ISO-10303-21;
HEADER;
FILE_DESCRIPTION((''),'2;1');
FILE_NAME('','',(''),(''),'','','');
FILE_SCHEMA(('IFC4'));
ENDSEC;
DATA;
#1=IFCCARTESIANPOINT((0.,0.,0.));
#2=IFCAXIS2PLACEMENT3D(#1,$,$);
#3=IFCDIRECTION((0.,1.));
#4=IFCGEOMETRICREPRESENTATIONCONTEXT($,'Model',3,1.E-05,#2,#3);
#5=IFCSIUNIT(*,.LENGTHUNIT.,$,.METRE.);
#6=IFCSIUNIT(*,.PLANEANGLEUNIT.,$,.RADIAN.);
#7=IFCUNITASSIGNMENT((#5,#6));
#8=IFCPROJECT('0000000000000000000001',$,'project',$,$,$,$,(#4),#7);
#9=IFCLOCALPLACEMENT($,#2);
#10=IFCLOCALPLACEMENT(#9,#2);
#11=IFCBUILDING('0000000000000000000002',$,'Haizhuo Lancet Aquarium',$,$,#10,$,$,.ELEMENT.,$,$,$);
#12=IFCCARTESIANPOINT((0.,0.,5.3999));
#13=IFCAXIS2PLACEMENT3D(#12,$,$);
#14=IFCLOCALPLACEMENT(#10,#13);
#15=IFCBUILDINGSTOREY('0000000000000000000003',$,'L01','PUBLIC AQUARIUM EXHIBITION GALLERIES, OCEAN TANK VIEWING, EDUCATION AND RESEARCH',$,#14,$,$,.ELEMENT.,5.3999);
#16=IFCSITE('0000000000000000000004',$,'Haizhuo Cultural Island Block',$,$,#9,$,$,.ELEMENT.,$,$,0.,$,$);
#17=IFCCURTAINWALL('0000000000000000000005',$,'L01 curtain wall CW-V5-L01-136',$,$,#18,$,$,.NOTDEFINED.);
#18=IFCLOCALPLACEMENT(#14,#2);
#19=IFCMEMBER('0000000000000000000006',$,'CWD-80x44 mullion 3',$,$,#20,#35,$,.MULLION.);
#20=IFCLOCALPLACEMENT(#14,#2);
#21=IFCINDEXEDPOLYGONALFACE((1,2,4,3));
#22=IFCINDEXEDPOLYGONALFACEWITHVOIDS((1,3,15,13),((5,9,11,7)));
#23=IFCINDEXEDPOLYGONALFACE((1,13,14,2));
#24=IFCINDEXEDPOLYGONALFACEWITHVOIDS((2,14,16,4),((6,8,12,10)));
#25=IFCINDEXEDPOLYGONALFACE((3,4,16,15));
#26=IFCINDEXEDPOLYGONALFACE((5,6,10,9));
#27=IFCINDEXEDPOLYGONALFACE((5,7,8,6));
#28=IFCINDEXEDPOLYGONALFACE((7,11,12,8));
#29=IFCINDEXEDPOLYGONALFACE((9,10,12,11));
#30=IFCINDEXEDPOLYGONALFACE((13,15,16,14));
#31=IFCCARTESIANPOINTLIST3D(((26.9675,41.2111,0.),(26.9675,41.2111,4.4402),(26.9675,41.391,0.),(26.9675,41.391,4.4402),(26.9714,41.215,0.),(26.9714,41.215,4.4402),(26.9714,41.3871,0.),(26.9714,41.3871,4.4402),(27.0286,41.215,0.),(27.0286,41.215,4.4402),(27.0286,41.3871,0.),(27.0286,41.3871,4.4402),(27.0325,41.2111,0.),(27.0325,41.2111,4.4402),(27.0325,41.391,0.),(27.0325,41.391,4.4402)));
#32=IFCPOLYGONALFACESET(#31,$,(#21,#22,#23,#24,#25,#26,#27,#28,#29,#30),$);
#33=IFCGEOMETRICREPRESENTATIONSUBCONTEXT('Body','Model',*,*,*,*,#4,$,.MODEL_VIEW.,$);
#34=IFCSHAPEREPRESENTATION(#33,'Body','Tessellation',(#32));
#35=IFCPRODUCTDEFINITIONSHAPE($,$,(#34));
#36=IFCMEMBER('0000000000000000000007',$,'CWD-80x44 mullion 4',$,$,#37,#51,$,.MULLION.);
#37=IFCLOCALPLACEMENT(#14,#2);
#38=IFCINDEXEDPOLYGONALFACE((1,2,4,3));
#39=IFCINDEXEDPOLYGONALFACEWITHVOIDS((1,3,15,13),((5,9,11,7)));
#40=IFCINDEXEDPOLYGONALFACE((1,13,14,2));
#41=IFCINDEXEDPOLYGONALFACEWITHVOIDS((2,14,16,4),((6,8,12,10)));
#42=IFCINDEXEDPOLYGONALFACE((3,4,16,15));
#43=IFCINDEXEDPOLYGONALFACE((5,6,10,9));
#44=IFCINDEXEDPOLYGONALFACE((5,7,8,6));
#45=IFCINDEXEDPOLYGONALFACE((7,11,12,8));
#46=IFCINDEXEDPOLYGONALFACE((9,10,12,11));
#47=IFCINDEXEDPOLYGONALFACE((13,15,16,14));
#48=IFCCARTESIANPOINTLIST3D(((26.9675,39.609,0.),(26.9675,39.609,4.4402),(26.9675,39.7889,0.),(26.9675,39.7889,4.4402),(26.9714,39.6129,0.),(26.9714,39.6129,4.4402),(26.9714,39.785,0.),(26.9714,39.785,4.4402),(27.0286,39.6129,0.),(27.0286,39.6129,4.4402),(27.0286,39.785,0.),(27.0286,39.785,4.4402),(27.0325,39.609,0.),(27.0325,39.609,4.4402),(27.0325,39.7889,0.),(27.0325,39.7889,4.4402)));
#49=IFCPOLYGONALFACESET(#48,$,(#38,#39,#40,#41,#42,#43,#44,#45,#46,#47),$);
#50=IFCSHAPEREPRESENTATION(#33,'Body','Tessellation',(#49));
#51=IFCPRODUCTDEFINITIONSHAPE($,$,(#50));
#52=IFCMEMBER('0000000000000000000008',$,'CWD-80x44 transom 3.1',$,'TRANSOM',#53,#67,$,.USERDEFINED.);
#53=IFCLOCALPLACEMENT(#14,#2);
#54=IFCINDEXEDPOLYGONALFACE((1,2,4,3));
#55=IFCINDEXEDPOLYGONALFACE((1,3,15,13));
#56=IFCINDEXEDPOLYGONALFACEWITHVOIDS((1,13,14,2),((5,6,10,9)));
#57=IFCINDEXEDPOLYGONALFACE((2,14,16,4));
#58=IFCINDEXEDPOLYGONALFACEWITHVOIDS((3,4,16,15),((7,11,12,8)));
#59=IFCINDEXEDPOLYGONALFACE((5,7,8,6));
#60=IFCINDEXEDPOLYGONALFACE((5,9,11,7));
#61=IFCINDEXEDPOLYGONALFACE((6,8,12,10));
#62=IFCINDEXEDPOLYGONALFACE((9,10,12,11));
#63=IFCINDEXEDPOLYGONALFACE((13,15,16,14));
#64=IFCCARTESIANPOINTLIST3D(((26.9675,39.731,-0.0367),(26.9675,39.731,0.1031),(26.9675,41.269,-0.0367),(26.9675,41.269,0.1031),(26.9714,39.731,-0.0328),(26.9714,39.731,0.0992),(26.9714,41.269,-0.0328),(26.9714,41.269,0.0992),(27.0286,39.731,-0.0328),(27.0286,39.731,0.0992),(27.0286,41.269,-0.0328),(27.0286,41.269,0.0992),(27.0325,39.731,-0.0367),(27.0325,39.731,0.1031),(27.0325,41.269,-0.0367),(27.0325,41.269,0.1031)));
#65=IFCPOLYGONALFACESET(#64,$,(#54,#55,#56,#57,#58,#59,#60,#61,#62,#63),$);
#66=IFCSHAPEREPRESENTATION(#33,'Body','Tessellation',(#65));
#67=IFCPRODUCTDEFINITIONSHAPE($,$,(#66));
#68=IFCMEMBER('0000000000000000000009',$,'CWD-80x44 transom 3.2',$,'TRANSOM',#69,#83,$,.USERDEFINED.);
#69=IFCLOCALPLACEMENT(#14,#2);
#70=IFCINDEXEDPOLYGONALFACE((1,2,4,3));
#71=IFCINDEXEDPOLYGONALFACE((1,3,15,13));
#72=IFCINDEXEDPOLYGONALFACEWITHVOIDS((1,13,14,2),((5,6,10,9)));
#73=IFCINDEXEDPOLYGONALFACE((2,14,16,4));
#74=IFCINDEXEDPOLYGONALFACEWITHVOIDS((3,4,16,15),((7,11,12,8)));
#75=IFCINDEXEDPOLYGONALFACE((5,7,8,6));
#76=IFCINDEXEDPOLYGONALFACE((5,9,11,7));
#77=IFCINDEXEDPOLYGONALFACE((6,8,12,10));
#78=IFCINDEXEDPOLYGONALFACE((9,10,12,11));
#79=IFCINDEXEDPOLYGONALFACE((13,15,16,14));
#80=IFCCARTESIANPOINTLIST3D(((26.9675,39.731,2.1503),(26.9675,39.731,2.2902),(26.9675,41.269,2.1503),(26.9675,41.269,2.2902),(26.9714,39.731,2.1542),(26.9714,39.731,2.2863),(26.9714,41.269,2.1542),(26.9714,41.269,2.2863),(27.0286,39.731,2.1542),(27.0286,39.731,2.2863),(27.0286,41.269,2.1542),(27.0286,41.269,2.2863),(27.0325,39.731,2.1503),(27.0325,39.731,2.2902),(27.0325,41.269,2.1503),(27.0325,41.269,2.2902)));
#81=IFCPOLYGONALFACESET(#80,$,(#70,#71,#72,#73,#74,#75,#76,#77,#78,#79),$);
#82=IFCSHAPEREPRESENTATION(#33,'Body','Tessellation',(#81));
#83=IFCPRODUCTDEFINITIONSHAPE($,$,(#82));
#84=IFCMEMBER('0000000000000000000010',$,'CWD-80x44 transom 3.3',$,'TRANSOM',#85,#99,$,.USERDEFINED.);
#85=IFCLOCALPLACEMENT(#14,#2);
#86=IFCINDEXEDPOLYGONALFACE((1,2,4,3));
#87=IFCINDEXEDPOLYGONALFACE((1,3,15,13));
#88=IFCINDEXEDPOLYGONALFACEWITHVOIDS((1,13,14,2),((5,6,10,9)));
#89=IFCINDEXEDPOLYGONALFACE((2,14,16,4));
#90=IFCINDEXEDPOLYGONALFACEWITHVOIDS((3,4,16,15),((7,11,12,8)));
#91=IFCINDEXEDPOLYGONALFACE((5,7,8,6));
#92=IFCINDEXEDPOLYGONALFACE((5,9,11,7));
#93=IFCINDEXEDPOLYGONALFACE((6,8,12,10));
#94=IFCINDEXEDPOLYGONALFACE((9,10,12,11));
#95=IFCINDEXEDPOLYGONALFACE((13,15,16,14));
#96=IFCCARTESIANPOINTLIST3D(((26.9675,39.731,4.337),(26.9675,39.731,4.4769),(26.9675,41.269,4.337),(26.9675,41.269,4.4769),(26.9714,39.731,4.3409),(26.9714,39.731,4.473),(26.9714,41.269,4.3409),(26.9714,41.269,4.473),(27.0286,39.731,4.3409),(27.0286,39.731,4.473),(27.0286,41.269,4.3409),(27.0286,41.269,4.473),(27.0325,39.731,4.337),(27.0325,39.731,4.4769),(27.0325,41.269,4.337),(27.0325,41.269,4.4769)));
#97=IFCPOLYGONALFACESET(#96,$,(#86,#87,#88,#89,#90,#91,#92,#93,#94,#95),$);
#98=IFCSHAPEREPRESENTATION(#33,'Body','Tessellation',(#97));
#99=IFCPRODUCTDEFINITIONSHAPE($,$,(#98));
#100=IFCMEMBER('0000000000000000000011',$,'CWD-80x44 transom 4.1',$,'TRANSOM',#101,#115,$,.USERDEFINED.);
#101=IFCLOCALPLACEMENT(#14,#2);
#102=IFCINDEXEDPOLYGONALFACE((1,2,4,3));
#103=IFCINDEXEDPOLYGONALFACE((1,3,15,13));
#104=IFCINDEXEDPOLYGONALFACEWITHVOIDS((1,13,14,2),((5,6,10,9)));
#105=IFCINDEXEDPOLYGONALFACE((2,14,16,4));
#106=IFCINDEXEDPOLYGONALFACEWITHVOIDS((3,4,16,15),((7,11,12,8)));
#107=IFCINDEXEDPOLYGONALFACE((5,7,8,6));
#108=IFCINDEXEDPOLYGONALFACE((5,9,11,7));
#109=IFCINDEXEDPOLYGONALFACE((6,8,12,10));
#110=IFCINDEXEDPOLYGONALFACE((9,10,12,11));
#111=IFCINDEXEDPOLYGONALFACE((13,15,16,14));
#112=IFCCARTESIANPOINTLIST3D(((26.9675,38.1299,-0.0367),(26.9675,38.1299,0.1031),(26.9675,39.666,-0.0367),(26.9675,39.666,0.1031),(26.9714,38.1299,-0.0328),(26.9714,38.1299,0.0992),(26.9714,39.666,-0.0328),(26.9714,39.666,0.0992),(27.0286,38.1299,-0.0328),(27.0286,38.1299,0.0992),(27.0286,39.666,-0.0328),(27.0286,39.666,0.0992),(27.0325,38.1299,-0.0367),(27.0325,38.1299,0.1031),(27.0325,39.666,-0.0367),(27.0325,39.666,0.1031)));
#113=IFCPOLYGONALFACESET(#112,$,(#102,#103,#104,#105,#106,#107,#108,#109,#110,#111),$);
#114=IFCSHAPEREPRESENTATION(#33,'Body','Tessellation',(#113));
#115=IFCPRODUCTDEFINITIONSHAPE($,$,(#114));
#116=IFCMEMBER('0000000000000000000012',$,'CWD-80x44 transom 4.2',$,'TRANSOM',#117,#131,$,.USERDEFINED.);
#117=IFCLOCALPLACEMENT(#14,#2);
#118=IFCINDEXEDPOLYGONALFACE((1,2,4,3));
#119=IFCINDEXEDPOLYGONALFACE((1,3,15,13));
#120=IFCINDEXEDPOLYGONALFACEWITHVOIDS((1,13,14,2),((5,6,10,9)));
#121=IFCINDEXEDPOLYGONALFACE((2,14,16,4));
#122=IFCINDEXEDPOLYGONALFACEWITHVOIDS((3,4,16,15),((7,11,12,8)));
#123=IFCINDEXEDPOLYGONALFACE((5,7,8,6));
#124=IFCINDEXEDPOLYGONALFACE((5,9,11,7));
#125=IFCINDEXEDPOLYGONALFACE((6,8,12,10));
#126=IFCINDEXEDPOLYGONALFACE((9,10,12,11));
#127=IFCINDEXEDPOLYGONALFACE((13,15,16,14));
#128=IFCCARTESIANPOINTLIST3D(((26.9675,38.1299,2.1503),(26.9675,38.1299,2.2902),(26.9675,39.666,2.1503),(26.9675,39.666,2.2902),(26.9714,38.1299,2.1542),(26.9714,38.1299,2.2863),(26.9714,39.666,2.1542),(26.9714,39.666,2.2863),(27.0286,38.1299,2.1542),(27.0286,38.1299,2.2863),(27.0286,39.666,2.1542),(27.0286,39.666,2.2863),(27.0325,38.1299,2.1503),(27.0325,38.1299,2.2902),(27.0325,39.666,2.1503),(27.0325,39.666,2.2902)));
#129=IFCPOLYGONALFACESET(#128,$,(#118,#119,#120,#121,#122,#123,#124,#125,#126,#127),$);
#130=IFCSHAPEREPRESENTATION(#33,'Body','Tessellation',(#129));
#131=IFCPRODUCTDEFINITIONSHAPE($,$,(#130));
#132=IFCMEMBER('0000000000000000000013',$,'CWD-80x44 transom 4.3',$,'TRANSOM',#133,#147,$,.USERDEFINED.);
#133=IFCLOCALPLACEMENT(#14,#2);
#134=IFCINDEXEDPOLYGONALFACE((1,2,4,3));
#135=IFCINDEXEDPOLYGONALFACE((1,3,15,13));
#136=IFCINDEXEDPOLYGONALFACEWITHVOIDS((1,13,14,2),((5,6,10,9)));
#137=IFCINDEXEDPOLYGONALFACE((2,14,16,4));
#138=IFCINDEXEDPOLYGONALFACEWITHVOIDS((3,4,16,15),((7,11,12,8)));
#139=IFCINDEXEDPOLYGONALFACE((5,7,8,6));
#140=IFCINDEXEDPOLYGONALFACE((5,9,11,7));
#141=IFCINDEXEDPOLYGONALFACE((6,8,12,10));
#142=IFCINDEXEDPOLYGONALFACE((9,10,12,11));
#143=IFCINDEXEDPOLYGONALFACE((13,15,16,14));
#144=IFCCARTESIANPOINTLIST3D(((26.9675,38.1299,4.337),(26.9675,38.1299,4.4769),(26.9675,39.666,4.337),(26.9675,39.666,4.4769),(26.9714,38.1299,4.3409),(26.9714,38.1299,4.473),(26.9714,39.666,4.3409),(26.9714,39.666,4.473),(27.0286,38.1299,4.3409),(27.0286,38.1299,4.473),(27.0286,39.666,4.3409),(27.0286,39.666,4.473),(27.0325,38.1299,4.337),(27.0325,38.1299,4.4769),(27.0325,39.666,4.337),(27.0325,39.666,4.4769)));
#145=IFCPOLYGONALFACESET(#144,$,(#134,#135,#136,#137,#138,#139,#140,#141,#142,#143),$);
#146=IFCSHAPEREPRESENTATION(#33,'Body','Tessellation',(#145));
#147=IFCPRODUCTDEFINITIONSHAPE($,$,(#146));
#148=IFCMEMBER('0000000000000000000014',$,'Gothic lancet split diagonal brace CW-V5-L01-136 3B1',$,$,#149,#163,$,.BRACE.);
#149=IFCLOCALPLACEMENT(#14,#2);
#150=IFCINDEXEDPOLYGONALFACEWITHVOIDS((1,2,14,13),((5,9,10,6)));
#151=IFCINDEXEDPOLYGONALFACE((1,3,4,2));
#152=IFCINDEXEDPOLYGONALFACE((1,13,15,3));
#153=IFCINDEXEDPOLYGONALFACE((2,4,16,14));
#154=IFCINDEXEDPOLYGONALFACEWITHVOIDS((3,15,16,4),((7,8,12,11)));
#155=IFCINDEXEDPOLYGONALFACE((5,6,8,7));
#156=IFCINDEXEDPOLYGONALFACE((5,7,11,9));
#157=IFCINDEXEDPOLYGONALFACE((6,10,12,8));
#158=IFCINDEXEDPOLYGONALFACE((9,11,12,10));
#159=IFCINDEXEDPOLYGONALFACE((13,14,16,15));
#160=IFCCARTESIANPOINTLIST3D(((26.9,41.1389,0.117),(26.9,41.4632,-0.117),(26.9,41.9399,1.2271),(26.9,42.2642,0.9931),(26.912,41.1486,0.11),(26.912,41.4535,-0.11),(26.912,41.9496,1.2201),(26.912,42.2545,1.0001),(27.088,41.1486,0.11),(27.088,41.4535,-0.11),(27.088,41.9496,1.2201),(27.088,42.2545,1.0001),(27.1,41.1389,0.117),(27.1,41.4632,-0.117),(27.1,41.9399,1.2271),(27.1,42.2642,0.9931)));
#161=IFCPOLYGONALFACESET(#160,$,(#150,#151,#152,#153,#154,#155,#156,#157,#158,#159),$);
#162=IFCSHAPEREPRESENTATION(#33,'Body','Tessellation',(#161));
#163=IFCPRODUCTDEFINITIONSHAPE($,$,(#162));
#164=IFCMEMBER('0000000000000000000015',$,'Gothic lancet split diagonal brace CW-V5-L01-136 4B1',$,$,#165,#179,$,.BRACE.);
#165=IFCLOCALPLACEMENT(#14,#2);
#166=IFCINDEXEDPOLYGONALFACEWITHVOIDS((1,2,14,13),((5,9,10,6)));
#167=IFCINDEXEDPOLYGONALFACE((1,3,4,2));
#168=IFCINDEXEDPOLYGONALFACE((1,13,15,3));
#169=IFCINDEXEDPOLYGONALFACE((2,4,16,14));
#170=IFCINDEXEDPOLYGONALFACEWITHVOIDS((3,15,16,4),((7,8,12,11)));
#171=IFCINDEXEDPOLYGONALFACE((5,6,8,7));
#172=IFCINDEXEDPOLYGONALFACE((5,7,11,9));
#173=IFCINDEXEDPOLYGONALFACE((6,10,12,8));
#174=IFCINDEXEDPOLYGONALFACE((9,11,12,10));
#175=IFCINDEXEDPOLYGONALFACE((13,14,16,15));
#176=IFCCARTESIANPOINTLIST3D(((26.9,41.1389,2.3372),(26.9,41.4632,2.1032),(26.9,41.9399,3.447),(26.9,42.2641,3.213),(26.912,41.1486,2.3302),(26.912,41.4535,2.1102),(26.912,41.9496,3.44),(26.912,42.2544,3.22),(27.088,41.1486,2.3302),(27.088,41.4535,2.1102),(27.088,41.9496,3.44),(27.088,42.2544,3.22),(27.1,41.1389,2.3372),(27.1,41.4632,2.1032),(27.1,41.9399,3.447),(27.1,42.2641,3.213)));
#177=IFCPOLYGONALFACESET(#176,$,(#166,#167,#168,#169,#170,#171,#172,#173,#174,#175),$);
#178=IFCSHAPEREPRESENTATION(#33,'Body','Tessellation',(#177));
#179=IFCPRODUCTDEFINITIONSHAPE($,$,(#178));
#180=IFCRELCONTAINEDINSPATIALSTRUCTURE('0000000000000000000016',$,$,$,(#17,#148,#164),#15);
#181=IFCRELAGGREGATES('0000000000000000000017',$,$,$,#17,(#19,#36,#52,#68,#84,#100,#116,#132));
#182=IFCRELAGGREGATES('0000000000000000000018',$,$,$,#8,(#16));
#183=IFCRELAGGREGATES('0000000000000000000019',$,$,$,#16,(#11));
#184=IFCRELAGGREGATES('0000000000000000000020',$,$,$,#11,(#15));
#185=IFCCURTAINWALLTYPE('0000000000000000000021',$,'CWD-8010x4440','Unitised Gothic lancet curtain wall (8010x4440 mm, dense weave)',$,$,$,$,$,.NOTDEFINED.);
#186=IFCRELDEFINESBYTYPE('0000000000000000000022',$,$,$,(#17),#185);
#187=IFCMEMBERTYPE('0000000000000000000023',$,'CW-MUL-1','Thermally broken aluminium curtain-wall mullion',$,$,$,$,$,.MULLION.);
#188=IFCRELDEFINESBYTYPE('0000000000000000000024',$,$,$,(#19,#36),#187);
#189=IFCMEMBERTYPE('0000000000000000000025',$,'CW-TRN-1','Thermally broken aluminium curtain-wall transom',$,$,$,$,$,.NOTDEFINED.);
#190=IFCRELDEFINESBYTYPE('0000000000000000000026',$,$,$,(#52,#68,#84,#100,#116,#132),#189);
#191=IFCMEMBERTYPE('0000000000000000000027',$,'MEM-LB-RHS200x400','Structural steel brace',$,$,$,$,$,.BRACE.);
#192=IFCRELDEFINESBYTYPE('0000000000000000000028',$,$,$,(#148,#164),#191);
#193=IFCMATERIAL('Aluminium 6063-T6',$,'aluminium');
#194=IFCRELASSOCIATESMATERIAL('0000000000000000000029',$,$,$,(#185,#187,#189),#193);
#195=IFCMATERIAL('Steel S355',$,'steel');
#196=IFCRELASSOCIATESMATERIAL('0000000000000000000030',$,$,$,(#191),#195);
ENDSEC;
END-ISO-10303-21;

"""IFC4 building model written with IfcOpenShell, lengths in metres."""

from ifc_helpers import new_model, si_unit, direction, frame, origin, origin_2d, place, context, subcontext, project, spatial, hollow_rectangle, extrude, material, material_profile, profile_set, type_object, element, aggregate, save


model = new_model("IFC4")

# Units and contexts
model_context = context("Model", 3, precision=1e-05, world=origin(), true_north=direction((0.0, 1.0)))
body_context = subcontext(model_context, "Body", "Model", "MODEL_VIEW")
ifc_project = project(units=[si_unit("LENGTHUNIT", "METRE"), si_unit("PLANEANGLEUNIT", "RADIAN")], contexts=[model_context])

# Site, building, storey
site_placement = place(None, origin())
site = spatial("IfcSite", under=ifc_project, at=site_placement, Name="Haizhuo Cultural Island Block", CompositionType="ELEMENT", RefElevation=0.0)
building_placement = place(site_placement, origin())
building = spatial("IfcBuilding", under=site, at=building_placement, Name="Haizhuo Lancet Aquarium", CompositionType="ELEMENT")
storey_placement = place(building_placement, frame((0.0, 0.0, 5.3999)))
storey = spatial("IfcBuildingStorey", under=building, at=storey_placement, Name="L01", Description="PUBLIC AQUARIUM EXHIBITION GALLERIES, OCEAN TANK VIEWING, EDUCATION AND RESEARCH", CompositionType="ELEMENT", Elevation=5.3999)

# Curtain wall, members
ifc_material_1 = material(Name="Aluminium 6063-T6", Category="aluminium")
curtain_wall_type = type_object("IfcCurtainWallType", Name="CWD-8010x4440", Description="Unitised Gothic lancet curtain wall (8010x4440 mm, dense weave)", PredefinedType="NOTDEFINED", material=ifc_material_1)
curtain_wall_placement = place(storey_placement, origin())
curtain_wall = element("IfcCurtainWall", 1, at=curtain_wall_placement, inside=storey, type_object=curtain_wall_type, Name="L01 curtain wall CW-V5-L01-136", PredefinedType="NOTDEFINED")
ifc_material_profile_1 = material_profile(ifc_material_1, hollow_rectangle(XDim=0.0649, YDim=0.1799, WallThickness=0.0039, at=origin_2d()), Name="ALU-M 65x180x4")
ifc_profile_set_1 = profile_set([ifc_material_profile_1], Name="Aluminium 6063-T6")
member_type_1 = type_object("IfcMemberType", Name="CW-MUL-1", Description="Thermally broken aluminium curtain-wall mullion", PredefinedType="MULLION", material=ifc_profile_set_1)
member_1_placement = place(storey_placement, frame((27.0, 41.301, 0.0), z_axis=(0.0, 0.0, 1.0), x_axis=(1.0, 0.0, 0.0)))
member_1 = element("IfcMember", 2, at=member_1_placement, type_object=member_type_1, Name="CWD-80x44 mullion 3", PredefinedType="MULLION", context=body_context, shape_type="SweptSolid", body=[
    extrude(hollow_rectangle(XDim=0.0649, YDim=0.1799, WallThickness=0.0039, at=origin_2d()), origin(), (0.0, 0.0, 1.0), 4.4402),
])
member_2_placement = place(storey_placement, frame((27.0, 39.699, 0.0), z_axis=(0.0, 0.0, 1.0), x_axis=(1.0, 0.0, 0.0)))
member_2 = element("IfcMember", 3, at=member_2_placement, type_object=member_type_1, Name="CWD-80x44 mullion 4", PredefinedType="MULLION", context=body_context, shape_type="SweptSolid", body=[
    extrude(hollow_rectangle(XDim=0.0649, YDim=0.1799, WallThickness=0.0039, at=origin_2d()), origin(), (0.0, 0.0, 1.0), 4.4402),
])
ifc_material_profile_2 = material_profile(ifc_material_1, hollow_rectangle(XDim=0.0649, YDim=0.1399, WallThickness=0.0039, at=origin_2d()), Name="ALU-T 65x140x4")
ifc_profile_set_2 = profile_set([ifc_material_profile_2], Name="Aluminium 6063-T6")
member_type_2 = type_object("IfcMemberType", Name="CW-TRN-1", Description="Thermally broken aluminium curtain-wall transom", PredefinedType="NOTDEFINED", material=ifc_profile_set_2)
member_3_placement = place(storey_placement, frame((27.0, 41.269, 0.0332), z_axis=(0.0, -1.0, 0.0), x_axis=(1.0, 0.0, 0.0)))
member_3 = element("IfcMember", 4, at=member_3_placement, type_object=member_type_2, Name="CWD-80x44 transom 3.1", ObjectType="TRANSOM", PredefinedType="USERDEFINED", context=body_context, shape_type="SweptSolid", body=[
    extrude(hollow_rectangle(XDim=0.0649, YDim=0.1399, WallThickness=0.0039, at=origin_2d()), origin(), (0.0, 0.0, 1.0), 1.5381),
])
member_4_placement = place(storey_placement, frame((27.0, 41.269, 2.2202), z_axis=(0.0, -1.0, 0.0), x_axis=(1.0, 0.0, 0.0)))
member_4 = element("IfcMember", 5, at=member_4_placement, type_object=member_type_2, Name="CWD-80x44 transom 3.2", ObjectType="TRANSOM", PredefinedType="USERDEFINED", context=body_context, shape_type="SweptSolid", body=[
    extrude(hollow_rectangle(XDim=0.0649, YDim=0.1399, WallThickness=0.0039, at=origin_2d()), origin(), (0.0, 0.0, 1.0), 1.5381),
])
member_5_placement = place(storey_placement, frame((27.0, 41.269, 4.407), z_axis=(0.0, -1.0, 0.0), x_axis=(1.0, 0.0, 0.0)))
member_5 = element("IfcMember", 6, at=member_5_placement, type_object=member_type_2, Name="CWD-80x44 transom 3.3", ObjectType="TRANSOM", PredefinedType="USERDEFINED", context=body_context, shape_type="SweptSolid", body=[
    extrude(hollow_rectangle(XDim=0.0649, YDim=0.1399, WallThickness=0.0039, at=origin_2d()), origin(), (0.0, 0.0, 1.0), 1.5381),
])
member_6_placement = place(storey_placement, frame((27.0, 39.666, 0.0332), z_axis=(0.0, -1.0, 0.0), x_axis=(1.0, 0.0, 0.0)))
member_6 = element("IfcMember", 7, at=member_6_placement, type_object=member_type_2, Name="CWD-80x44 transom 4.1", ObjectType="TRANSOM", PredefinedType="USERDEFINED", context=body_context, shape_type="SweptSolid", body=[
    extrude(hollow_rectangle(XDim=0.0649, YDim=0.1399, WallThickness=0.0039, at=origin_2d()), origin(), (0.0, 0.0, 1.0), 1.5361),
])
member_7_placement = place(storey_placement, frame((27.0, 39.666, 2.2202), z_axis=(0.0, -1.0, 0.0), x_axis=(1.0, 0.0, 0.0)))
member_7 = element("IfcMember", 8, at=member_7_placement, type_object=member_type_2, Name="CWD-80x44 transom 4.2", ObjectType="TRANSOM", PredefinedType="USERDEFINED", context=body_context, shape_type="SweptSolid", body=[
    extrude(hollow_rectangle(XDim=0.0649, YDim=0.1399, WallThickness=0.0039, at=origin_2d()), origin(), (0.0, 0.0, 1.0), 1.5361),
])
member_8_placement = place(storey_placement, frame((27.0, 39.666, 4.407), z_axis=(0.0, -1.0, 0.0), x_axis=(1.0, 0.0, 0.0)))
member_8 = element("IfcMember", 9, at=member_8_placement, type_object=member_type_2, Name="CWD-80x44 transom 4.3", ObjectType="TRANSOM", PredefinedType="USERDEFINED", context=body_context, shape_type="SweptSolid", body=[
    extrude(hollow_rectangle(XDim=0.0649, YDim=0.1399, WallThickness=0.0039, at=origin_2d()), origin(), (0.0, 0.0, 1.0), 1.5361),
])

# Members
ifc_material_2 = material(Name="Steel S355", Category="steel")
ifc_material_profile_3 = material_profile(ifc_material_2, hollow_rectangle(XDim=0.2, YDim=0.3999, WallThickness=0.012, at=origin_2d()), Name="RHS 200x400x12")
ifc_profile_set_3 = profile_set([ifc_material_profile_3], Name="Steel S355")
member_type_3 = type_object("IfcMemberType", Name="MEM-LB-RHS200x400", Description="Structural steel brace", PredefinedType="BRACE", material=ifc_profile_set_3)
member_9_placement = place(storey_placement, frame((27.0, 41.301, 0.0), z_axis=(0.0, 0.585145, 0.810928), x_axis=(-1.0, 0.0, 0.0)))
element("IfcMember", 10, at=member_9_placement, inside=storey, type_object=member_type_3, Name="Gothic lancet split diagonal brace CW-V5-L01-136 3B1", PredefinedType="BRACE", context=body_context, shape_type="SweptSolid", body=[
    extrude(hollow_rectangle(XDim=0.2, YDim=0.3999, WallThickness=0.012, at=origin_2d()), origin(), (0.0, 0.0, 1.0), 1.3689),
])
member_10_placement = place(storey_placement, frame((27.0, 41.301, 2.2202), z_axis=(0.0, 0.58523, 0.810867), x_axis=(-1.0, 0.0, 0.0)))
element("IfcMember", 11, at=member_10_placement, inside=storey, type_object=member_type_3, Name="Gothic lancet split diagonal brace CW-V5-L01-136 4B1", PredefinedType="BRACE", context=body_context, shape_type="SweptSolid", body=[
    extrude(hollow_rectangle(XDim=0.2, YDim=0.3999, WallThickness=0.012, at=origin_2d()), origin(), (0.0, 0.0, 1.0), 1.3687),
])

aggregate(curtain_wall, [member_1, member_2, member_3, member_4, member_5, member_6, member_7, member_8])

save(model, "model.ifc")
